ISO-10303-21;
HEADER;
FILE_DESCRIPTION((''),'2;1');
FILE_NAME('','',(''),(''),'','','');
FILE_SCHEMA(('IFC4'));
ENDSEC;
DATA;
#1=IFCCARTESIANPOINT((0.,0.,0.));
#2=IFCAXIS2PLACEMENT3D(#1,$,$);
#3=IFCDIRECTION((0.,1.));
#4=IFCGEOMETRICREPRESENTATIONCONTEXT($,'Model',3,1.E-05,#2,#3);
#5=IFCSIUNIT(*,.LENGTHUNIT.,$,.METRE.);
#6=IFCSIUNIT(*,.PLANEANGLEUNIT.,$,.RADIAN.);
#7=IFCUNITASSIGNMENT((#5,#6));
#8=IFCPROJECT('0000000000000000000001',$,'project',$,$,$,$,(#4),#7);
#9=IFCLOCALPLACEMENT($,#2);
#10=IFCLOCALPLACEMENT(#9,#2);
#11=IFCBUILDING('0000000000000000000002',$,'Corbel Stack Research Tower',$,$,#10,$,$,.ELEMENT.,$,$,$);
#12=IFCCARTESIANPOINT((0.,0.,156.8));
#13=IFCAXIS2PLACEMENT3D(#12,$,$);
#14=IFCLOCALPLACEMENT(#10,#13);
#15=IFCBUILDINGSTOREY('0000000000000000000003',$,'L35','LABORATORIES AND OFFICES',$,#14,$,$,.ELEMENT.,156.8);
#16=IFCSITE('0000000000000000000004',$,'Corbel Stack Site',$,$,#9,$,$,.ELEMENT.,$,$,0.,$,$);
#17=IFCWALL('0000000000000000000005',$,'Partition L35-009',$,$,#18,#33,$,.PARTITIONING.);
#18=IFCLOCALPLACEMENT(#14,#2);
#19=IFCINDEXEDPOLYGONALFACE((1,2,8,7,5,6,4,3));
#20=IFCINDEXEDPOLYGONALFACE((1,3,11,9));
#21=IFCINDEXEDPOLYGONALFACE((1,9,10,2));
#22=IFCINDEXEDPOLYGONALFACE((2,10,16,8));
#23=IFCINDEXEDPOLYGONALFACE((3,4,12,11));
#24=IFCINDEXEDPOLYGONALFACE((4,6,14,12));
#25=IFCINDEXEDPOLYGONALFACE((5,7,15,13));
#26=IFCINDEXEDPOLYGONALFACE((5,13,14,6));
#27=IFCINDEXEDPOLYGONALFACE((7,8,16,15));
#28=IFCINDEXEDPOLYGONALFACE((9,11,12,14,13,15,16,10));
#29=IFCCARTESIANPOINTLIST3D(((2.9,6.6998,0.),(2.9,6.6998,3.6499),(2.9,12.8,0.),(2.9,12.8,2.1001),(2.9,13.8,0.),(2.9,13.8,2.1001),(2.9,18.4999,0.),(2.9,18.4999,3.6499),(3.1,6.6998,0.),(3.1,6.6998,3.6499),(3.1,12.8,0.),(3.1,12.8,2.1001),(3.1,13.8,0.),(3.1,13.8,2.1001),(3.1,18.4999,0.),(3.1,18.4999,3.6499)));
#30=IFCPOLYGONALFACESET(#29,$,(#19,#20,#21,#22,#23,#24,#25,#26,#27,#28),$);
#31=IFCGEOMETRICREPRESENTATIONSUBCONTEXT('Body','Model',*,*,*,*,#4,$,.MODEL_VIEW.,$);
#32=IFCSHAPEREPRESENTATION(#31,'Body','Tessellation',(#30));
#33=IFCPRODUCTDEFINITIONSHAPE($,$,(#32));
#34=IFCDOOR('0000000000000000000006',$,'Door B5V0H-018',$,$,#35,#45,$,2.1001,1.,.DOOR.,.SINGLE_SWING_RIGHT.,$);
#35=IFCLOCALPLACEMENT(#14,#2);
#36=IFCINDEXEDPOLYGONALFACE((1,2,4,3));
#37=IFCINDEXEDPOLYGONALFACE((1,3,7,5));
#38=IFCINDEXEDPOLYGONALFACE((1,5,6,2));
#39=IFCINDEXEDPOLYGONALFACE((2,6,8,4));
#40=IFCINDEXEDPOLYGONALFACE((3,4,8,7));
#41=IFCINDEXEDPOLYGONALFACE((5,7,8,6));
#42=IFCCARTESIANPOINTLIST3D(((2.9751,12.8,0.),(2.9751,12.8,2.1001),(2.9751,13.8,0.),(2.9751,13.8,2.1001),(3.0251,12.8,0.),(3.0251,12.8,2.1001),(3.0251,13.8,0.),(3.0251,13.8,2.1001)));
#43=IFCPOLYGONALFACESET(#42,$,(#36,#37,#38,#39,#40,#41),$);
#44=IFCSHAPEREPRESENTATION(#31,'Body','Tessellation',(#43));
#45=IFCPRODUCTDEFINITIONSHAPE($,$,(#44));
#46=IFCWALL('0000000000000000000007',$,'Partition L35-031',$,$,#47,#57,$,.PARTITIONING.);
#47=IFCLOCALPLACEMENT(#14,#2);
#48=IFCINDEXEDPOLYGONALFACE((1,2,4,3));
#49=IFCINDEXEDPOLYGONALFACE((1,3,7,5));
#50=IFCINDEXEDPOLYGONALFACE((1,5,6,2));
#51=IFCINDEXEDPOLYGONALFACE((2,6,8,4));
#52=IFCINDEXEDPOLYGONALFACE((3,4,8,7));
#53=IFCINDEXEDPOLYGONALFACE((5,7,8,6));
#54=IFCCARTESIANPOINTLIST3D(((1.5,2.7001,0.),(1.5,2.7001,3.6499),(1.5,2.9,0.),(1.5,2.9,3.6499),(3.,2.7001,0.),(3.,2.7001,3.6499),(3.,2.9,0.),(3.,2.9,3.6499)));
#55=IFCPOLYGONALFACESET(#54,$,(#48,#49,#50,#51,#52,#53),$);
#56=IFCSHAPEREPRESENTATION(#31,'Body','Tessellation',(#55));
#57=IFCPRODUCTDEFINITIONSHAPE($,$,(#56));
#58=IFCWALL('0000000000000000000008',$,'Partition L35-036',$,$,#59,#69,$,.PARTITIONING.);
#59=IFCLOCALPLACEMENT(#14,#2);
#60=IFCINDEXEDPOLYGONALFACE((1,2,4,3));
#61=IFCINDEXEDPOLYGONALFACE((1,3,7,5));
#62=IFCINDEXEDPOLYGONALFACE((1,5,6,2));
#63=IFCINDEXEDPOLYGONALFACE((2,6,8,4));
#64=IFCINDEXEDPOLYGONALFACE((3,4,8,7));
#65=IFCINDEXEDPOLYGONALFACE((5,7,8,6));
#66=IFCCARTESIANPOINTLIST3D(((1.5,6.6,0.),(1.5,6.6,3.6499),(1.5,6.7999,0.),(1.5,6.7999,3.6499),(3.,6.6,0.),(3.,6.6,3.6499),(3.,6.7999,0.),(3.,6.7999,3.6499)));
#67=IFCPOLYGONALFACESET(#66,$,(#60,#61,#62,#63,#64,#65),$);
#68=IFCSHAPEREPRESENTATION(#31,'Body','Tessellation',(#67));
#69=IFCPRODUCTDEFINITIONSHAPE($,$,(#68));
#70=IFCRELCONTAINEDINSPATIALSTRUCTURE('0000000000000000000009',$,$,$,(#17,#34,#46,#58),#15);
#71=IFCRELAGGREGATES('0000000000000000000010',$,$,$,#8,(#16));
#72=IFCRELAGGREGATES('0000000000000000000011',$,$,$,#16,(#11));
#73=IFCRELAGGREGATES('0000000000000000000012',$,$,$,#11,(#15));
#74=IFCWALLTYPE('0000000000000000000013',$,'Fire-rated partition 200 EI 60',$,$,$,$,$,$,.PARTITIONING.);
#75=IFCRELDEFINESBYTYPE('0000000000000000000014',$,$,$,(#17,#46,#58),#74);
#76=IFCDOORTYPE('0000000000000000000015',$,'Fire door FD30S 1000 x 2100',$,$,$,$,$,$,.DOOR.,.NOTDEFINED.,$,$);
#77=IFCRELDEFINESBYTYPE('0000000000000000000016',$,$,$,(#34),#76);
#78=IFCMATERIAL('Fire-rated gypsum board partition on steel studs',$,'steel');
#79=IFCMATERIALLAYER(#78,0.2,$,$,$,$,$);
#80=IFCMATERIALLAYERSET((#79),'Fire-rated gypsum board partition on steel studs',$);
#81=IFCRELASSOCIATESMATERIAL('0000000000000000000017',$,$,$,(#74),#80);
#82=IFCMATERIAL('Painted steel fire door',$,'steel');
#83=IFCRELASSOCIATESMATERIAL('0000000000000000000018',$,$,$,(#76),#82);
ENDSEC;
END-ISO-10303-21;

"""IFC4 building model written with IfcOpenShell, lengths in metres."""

from ifc_helpers import new_model, si_unit, direction, frame, frame_2d, origin, place, context, subcontext, project, spatial, rectangle, extrude, material, layer, layer_set, type_object, element, fill, save


model = new_model("IFC4")

# Units and contexts
model_context = context("Model", 3, precision=1e-05, world=origin(), true_north=direction((0.0, 1.0)))
body_context = subcontext(model_context, "Body", "Model", "MODEL_VIEW")
ifc_project = project(units=[si_unit("LENGTHUNIT", "METRE"), si_unit("PLANEANGLEUNIT", "RADIAN")], contexts=[model_context])

# Site, building, storey
site_placement = place(None, origin())
site = spatial("IfcSite", under=ifc_project, at=site_placement, Name="Corbel Stack Site", CompositionType="ELEMENT", RefElevation=0.0)
building_placement = place(site_placement, origin())
building = spatial("IfcBuilding", under=site, at=building_placement, Name="Corbel Stack Research Tower", CompositionType="ELEMENT")
storey_placement = place(building_placement, frame((0.0, 0.0, 156.8)))
storey = spatial("IfcBuildingStorey", under=building, at=storey_placement, Name="L35", Description="LABORATORIES AND OFFICES", CompositionType="ELEMENT", Elevation=156.8)

# Wall, opening, door
ifc_material_1 = material(Name="Fire-rated gypsum board partition on steel studs", Category="steel")
ifc_layer_1 = layer(ifc_material_1, 0.2)
ifc_layer_set_1 = layer_set([ifc_layer_1], Name="Fire-rated gypsum board partition on steel studs")
wall_type_1 = type_object("IfcWallType", Name="Fire-rated partition 200 EI 60", PredefinedType="PARTITIONING", material=ifc_layer_set_1)
wall_1_placement = place(storey_placement, frame((3.0, 6.7, 0.0), z_axis=(0.0, 0.0, 1.0), x_axis=(0.0, 1.0, 0.0)))
wall_1 = element("IfcWall", 1, at=wall_1_placement, inside=storey, type_object=wall_type_1, Name="Partition L35-009", PredefinedType="PARTITIONING", context=body_context, shape_type="SweptSolid", body=[
    extrude(rectangle(XDim=11.8, YDim=0.2, at=frame_2d((5.8999, 0.0))), origin(), (0.0, 0.0, 1.0), 3.6499),
])
opening_1_placement = place(wall_1_placement, frame((6.1001, 0.0, 0.0)))
opening_1 = element("IfcOpeningElement", 2, at=opening_1_placement, cuts=wall_1, PredefinedType="OPENING", context=body_context, shape_type="SweptSolid", body=[
    extrude(rectangle(XDim=1.0, YDim=2.1001, at=frame_2d((0.5, 1.05))), frame((0.0, 0.1099, 0.0), z_axis=(0.0, -1.0, 0.0), x_axis=(1.0, 0.0, 0.0)), (0.0, 0.0, 1.0), 0.22),
])
ifc_material_2 = material(Name="Painted steel fire door", Category="steel")
door_type_1 = type_object("IfcDoorType", Name="Fire door FD30S 1000 x 2100", OperationType="NOTDEFINED", PredefinedType="DOOR", material=ifc_material_2)
door_1_placement = place(opening_1_placement, origin())
door_1 = element("IfcDoor", 3, at=door_1_placement, inside=storey, type_object=door_type_1, Name="Door B5V0H-018", OperationType="SINGLE_SWING_RIGHT", OverallHeight=2.1001, OverallWidth=1.0, PredefinedType="DOOR", context=body_context, shape_type="SweptSolid", body=[
    extrude(rectangle(XDim=1.0, YDim=2.1001, at=frame_2d((0.5, 1.05))), frame((0.0, 0.0249, 0.0), z_axis=(0.0, -1.0, 0.0), x_axis=(1.0, 0.0, 0.0)), (0.0, 0.0, 1.0), 0.05),
])
fill(opening_1, door_1)

# Walls
for number, where, z_axis, x_axis, name in (
    (4, (1.5, 2.8, 0.0), (0.0, 0.0, 1.0), (1.0, 0.0, 0.0), "Partition L35-031"),
    (5, (1.5, 6.7, 0.0), (0.0, 0.0, 1.0), (1.0, 0.0, 0.0), "Partition L35-036"),
):
    element("IfcWall", number, at=place(storey_placement, frame(where, z_axis=z_axis, x_axis=x_axis)), inside=storey, type_object=wall_type_1, Name=name, PredefinedType="PARTITIONING", context=body_context, shape_type="SweptSolid", body=[
        extrude(rectangle(XDim=1.5, YDim=0.2, at=frame_2d((0.75, 0.0))), origin(), (0.0, 0.0, 1.0), 3.6499),
    ])

save(model, "model.ifc")
